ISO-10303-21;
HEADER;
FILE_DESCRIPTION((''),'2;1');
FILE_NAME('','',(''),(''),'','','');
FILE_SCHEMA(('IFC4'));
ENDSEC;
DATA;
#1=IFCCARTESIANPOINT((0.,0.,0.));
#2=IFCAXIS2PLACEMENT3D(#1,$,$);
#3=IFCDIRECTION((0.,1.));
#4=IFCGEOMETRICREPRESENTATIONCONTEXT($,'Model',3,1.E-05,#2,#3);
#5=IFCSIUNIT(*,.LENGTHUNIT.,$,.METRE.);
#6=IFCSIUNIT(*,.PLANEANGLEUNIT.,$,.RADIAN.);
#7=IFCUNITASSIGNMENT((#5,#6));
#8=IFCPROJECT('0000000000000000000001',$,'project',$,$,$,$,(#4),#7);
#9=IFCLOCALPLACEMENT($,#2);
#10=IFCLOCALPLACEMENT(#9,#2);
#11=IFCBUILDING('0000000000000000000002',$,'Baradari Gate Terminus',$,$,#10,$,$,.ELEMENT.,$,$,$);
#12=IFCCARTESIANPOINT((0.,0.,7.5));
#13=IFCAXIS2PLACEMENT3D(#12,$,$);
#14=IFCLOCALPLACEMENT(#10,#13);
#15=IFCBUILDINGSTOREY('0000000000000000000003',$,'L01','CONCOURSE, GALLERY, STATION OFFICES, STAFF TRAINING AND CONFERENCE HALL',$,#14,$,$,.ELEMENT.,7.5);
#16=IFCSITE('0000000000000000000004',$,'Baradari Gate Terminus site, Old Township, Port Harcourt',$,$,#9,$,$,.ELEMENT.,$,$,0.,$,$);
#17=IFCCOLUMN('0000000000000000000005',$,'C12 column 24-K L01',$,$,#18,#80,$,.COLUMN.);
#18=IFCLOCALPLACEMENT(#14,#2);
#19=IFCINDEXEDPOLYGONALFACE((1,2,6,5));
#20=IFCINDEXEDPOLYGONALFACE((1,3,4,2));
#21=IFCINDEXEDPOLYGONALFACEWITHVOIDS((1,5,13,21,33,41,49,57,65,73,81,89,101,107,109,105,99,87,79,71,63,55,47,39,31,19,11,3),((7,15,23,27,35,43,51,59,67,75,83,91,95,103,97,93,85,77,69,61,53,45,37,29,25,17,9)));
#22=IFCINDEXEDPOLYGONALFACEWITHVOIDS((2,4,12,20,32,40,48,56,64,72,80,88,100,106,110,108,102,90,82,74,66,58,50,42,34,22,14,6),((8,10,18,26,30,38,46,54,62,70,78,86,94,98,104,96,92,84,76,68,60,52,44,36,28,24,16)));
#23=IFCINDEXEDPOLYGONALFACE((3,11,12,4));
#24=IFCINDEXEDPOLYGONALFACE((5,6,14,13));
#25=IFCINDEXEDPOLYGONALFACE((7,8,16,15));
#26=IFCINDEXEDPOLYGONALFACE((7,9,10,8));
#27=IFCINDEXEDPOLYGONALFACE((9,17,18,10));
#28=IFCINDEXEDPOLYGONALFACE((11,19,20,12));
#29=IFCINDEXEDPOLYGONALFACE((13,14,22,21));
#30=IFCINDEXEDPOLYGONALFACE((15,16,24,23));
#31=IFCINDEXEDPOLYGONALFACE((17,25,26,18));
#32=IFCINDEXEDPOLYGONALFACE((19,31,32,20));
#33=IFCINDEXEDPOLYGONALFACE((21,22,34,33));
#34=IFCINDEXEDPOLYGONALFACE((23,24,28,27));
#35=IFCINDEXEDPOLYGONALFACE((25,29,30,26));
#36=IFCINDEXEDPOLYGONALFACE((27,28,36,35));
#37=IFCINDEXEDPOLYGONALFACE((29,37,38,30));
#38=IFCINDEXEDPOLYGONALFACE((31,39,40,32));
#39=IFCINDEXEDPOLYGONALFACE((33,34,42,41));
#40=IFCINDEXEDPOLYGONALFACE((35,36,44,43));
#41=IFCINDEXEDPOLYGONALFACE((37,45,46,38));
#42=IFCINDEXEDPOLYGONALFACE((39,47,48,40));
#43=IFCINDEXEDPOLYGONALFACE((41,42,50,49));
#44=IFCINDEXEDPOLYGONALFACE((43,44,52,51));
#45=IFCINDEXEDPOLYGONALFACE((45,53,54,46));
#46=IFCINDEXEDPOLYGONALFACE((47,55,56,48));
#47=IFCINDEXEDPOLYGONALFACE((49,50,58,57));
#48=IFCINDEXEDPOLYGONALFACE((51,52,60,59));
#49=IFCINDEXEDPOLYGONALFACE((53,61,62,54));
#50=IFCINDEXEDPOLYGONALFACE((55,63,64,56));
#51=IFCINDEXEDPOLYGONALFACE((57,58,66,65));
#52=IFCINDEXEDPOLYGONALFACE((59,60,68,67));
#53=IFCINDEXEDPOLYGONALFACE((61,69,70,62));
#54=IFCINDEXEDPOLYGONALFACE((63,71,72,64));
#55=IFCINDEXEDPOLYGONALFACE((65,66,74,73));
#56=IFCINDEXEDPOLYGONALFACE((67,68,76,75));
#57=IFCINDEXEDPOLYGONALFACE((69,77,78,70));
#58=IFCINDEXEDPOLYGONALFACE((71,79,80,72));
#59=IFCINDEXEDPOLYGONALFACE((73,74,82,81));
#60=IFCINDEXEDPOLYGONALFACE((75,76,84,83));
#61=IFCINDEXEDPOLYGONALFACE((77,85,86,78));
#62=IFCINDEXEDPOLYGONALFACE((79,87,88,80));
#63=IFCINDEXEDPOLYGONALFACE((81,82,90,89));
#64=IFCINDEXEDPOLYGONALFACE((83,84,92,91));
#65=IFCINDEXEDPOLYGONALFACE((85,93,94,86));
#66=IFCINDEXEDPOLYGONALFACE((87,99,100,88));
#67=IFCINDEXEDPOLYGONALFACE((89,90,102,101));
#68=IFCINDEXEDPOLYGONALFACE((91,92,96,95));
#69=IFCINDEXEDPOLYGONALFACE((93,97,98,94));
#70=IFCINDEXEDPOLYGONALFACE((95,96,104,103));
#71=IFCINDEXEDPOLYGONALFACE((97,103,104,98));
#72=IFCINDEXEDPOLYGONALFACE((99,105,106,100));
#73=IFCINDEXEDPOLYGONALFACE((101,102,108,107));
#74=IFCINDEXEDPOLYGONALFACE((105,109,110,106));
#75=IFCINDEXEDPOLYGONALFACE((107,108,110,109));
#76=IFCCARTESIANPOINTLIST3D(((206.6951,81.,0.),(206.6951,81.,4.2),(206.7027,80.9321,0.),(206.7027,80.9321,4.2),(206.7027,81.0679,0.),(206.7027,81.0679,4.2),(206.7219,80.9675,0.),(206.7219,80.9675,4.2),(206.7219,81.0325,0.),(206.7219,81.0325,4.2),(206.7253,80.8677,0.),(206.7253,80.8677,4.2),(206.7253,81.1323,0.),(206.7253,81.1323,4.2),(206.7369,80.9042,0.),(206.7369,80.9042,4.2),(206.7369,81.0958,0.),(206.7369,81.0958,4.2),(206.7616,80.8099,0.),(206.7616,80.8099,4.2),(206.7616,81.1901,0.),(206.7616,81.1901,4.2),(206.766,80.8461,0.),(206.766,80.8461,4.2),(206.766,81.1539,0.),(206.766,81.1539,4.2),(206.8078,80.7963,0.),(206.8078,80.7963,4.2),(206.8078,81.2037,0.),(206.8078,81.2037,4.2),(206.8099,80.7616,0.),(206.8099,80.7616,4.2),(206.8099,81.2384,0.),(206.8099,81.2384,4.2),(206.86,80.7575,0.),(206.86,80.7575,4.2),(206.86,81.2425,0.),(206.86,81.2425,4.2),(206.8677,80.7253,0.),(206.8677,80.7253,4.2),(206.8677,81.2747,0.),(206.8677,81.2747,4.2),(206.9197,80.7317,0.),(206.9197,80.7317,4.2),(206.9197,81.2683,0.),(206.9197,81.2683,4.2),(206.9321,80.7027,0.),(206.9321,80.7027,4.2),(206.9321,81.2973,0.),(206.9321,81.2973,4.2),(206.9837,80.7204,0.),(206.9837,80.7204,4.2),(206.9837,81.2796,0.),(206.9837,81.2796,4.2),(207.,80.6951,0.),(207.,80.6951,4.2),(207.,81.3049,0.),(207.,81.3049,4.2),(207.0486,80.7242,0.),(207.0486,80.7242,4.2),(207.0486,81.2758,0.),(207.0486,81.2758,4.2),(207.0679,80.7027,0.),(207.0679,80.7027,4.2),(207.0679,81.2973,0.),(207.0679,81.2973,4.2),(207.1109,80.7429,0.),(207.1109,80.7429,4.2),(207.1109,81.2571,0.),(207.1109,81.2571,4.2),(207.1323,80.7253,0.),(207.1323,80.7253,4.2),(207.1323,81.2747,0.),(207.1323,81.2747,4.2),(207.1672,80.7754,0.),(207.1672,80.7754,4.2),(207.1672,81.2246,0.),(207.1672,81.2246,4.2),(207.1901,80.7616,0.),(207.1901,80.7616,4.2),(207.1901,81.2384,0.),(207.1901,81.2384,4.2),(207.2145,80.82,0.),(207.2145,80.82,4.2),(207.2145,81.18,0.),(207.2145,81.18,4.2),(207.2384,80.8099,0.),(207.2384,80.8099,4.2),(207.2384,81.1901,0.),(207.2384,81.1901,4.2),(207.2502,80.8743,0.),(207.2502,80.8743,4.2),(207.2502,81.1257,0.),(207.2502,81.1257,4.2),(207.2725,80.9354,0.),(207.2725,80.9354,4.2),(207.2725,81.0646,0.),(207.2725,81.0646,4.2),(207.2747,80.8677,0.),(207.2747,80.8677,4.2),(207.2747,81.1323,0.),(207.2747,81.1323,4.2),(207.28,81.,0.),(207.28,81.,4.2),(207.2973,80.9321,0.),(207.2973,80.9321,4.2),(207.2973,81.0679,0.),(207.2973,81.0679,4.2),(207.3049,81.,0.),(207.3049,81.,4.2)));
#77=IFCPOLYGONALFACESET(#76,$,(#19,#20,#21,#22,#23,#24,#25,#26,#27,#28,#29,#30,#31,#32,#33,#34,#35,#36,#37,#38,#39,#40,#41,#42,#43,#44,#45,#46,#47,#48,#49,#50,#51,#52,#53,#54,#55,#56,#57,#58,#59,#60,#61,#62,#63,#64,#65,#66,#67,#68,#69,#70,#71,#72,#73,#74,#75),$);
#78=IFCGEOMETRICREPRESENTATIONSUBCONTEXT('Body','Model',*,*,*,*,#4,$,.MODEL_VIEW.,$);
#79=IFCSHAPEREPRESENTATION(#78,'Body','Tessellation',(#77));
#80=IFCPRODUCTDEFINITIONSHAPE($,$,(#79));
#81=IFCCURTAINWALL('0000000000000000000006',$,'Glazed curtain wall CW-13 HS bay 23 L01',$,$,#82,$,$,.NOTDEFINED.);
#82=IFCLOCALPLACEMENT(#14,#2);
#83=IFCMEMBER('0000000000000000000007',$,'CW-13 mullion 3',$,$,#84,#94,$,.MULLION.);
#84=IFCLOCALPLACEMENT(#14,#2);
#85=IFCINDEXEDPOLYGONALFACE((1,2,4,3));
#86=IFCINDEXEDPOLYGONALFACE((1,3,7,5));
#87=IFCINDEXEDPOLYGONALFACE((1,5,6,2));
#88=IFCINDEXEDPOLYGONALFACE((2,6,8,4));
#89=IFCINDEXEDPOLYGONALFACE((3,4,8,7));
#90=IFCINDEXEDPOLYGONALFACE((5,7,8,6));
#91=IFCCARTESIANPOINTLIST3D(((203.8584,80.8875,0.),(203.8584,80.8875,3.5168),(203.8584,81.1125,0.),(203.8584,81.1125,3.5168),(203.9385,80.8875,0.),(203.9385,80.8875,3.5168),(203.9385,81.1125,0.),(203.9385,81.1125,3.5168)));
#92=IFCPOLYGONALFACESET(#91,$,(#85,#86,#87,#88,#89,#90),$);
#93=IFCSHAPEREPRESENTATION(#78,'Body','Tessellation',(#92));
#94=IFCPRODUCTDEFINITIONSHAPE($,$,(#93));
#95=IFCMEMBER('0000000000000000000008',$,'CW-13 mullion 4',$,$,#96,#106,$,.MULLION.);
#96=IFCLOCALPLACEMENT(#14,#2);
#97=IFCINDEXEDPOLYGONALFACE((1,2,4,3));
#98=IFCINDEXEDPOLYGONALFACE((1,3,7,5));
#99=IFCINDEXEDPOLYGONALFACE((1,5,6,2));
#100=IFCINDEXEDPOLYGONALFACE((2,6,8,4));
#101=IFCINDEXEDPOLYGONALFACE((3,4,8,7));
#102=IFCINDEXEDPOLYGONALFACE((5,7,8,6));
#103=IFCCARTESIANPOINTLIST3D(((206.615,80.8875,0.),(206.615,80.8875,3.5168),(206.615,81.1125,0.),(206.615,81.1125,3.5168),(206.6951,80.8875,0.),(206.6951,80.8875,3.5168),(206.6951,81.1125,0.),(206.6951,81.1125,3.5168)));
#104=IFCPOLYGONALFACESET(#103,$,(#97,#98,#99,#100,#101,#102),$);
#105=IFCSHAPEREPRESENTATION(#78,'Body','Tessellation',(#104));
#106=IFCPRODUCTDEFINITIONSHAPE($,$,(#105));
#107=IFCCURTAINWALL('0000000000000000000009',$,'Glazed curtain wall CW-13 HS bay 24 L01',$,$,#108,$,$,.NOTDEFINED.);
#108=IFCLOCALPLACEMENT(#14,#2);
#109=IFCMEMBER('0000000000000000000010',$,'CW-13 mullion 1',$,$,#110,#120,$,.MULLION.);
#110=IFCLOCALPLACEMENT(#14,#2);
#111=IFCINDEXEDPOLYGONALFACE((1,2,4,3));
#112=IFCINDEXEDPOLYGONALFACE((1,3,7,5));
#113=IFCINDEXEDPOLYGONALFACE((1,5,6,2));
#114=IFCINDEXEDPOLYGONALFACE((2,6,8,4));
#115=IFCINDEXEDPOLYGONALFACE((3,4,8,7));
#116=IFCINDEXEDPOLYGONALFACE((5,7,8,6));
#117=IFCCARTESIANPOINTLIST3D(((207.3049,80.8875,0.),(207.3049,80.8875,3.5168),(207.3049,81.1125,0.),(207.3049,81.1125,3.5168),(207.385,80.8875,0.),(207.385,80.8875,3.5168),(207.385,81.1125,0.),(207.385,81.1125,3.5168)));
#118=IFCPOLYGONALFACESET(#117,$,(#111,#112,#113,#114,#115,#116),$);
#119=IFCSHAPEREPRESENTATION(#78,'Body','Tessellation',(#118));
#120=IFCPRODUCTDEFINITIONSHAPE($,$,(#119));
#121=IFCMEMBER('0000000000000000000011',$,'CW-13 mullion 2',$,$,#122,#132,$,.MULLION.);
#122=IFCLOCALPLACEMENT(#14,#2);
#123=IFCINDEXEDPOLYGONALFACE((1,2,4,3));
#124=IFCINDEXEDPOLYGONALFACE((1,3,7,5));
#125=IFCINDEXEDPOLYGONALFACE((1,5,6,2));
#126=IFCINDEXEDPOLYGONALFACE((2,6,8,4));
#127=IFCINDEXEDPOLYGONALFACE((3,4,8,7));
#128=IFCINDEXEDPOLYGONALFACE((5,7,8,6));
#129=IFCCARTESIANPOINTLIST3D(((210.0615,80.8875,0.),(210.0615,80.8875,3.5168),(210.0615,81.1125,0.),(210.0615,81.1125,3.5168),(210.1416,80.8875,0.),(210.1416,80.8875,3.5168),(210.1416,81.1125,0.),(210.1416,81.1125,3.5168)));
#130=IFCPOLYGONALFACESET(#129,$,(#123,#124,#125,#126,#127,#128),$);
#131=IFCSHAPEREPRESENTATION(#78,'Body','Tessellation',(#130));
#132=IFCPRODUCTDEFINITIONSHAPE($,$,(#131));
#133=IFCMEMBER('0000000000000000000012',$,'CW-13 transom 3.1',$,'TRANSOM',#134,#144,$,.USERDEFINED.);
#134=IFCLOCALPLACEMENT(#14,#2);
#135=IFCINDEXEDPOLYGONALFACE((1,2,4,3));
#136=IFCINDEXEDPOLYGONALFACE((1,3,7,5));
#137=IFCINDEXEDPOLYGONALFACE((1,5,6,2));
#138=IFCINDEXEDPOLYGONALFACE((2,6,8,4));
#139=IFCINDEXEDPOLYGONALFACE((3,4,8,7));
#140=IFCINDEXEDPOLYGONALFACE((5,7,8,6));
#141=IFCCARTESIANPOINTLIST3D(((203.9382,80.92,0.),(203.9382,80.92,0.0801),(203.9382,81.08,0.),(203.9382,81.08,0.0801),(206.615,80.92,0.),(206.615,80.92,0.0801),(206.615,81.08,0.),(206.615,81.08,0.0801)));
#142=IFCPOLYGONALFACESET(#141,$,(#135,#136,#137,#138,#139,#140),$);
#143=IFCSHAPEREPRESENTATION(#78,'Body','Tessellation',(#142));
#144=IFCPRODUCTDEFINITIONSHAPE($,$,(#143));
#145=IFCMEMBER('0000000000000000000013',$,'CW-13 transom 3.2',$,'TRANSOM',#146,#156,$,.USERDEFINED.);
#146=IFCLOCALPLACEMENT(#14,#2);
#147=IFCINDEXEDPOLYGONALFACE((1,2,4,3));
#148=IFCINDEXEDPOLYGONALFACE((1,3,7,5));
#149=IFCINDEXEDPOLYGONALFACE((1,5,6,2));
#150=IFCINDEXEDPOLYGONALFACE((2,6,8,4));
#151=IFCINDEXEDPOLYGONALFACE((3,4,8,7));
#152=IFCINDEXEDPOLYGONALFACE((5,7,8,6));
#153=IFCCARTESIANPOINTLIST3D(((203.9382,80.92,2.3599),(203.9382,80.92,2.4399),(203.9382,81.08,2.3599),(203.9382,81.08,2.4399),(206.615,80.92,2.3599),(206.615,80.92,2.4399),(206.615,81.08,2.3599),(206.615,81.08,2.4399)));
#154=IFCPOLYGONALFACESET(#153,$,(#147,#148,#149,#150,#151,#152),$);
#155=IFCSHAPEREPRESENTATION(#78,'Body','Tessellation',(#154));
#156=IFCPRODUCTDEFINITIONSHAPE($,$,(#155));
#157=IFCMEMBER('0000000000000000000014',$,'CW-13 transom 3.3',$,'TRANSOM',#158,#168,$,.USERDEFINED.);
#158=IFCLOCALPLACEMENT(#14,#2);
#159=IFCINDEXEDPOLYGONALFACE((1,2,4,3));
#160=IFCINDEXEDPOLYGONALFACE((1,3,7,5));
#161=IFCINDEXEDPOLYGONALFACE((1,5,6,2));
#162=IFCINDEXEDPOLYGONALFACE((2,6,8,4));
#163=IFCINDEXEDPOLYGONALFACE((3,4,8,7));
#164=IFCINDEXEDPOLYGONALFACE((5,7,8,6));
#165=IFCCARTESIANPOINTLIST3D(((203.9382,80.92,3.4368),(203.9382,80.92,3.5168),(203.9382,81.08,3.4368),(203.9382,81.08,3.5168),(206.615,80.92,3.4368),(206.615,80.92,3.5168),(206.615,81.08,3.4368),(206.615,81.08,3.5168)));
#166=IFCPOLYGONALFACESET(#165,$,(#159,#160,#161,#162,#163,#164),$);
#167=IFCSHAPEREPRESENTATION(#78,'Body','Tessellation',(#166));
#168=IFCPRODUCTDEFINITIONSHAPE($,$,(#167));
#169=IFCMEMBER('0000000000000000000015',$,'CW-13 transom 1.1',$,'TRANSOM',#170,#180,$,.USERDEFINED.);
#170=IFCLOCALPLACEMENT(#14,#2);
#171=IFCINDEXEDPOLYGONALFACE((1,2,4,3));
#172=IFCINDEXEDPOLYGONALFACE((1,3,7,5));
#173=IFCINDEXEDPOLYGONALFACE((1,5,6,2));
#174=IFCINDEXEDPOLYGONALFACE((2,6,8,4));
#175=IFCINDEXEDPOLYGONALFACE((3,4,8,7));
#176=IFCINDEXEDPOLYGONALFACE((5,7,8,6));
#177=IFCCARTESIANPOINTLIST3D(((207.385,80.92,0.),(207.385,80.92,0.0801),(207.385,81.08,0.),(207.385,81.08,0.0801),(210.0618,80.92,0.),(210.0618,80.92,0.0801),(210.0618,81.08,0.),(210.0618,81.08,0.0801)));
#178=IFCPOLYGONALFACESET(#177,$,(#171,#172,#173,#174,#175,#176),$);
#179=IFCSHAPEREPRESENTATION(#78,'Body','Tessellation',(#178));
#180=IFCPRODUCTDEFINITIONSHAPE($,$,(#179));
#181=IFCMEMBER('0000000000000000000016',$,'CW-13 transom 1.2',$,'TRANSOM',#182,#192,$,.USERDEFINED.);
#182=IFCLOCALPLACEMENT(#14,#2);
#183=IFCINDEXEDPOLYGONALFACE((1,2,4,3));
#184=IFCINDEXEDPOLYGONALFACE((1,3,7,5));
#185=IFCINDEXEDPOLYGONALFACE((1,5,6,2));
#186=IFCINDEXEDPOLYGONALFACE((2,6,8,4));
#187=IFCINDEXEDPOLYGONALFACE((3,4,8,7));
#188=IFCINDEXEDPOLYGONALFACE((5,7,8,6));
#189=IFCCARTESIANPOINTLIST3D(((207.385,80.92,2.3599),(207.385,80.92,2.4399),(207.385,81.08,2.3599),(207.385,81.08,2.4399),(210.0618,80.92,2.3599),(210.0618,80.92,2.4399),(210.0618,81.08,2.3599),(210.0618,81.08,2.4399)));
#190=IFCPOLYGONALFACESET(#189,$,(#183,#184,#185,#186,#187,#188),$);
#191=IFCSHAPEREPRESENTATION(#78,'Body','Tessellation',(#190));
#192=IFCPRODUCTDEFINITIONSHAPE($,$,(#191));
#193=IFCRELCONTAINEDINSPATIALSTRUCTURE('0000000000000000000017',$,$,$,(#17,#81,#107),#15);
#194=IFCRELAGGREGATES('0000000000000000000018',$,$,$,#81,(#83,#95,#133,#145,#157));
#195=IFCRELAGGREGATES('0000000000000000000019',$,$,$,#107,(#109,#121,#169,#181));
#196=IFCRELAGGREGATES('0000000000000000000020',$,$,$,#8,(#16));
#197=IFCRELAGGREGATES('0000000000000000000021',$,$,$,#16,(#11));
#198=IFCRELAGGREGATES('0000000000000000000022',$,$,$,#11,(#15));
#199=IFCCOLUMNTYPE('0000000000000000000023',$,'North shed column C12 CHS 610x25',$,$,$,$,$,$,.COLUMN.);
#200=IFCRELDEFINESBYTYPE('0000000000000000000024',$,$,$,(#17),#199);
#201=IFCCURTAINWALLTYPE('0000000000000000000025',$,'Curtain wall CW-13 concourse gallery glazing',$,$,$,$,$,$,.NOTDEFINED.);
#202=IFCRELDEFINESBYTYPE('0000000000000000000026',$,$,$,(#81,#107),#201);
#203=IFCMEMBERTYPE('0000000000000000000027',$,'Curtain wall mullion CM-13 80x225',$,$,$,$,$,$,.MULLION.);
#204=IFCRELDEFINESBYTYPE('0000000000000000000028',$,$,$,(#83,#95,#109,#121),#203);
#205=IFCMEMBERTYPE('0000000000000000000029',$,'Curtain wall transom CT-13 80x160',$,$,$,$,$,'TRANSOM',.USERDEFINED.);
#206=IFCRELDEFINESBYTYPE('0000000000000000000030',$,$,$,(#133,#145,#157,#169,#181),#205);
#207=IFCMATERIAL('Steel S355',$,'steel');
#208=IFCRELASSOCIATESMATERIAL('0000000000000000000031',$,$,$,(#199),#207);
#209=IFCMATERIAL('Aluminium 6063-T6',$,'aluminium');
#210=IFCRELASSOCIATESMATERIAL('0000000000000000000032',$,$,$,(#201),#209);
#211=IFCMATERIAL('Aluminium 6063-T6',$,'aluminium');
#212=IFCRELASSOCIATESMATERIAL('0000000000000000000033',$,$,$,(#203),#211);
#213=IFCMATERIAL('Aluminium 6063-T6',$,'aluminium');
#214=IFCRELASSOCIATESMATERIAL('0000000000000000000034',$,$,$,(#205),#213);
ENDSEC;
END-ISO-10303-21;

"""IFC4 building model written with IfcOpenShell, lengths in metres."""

from ifc_helpers import new_model, si_unit, direction, frame, origin, origin_2d, place, context, subcontext, project, spatial, rectangle, hollow_circle, extrude, material, material_profile, profile_set, type_object, element, aggregate, save


model = new_model("IFC4")

# Units and contexts
model_context = context("Model", 3, precision=1e-05, world=origin(), true_north=direction((0.0, 1.0)))
body_context = subcontext(model_context, "Body", "Model", "MODEL_VIEW")
ifc_project = project(units=[si_unit("LENGTHUNIT", "METRE"), si_unit("PLANEANGLEUNIT", "RADIAN")], contexts=[model_context])

# Site, building, storey
site_placement = place(None, origin())
site = spatial("IfcSite", under=ifc_project, at=site_placement, Name="Baradari Gate Terminus site, Old Township, Port Harcourt", CompositionType="ELEMENT", RefElevation=0.0)
building_placement = place(site_placement, origin())
building = spatial("IfcBuilding", under=site, at=building_placement, Name="Baradari Gate Terminus", CompositionType="ELEMENT")
storey_placement = place(building_placement, frame((0.0, 0.0, 7.5)))
storey = spatial("IfcBuildingStorey", under=building, at=storey_placement, Name="L01", Description="CONCOURSE, GALLERY, STATION OFFICES, STAFF TRAINING AND CONFERENCE HALL", CompositionType="ELEMENT", Elevation=7.5)

# Column
ifc_material_1 = material(Name="Steel S355", Category="steel")
ifc_material_profile_1 = material_profile(ifc_material_1, hollow_circle(Radius=0.3049, WallThickness=0.0249, at=origin_2d()), Name="CHS 610x25")
ifc_profile_set_1 = profile_set([ifc_material_profile_1], Name="Steel S355")
column_type = type_object("IfcColumnType", Name="North shed column C12 CHS 610x25", PredefinedType="COLUMN", material=ifc_profile_set_1)
column_placement = place(storey_placement, frame((207.0, 81.0, 0.0), z_axis=(0.0, 0.0, 1.0), x_axis=(1.0, 0.0, 0.0)))
element("IfcColumn", 1, at=column_placement, inside=storey, type_object=column_type, Name="C12 column 24-K L01", PredefinedType="COLUMN", context=body_context, shape_type="SweptSolid", body=[
    extrude(hollow_circle(Radius=0.3049, WallThickness=0.0249, at=origin_2d()), origin(), (0.0, 0.0, 1.0), 4.2),
])

# Curtain walls, members
ifc_material_2 = material(Name="Aluminium 6063-T6", Category="aluminium")
curtain_wall_type = type_object("IfcCurtainWallType", Name="Curtain wall CW-13 concourse gallery glazing", PredefinedType="NOTDEFINED", material=ifc_material_2)
curtain_wall_1_placement = place(storey_placement, origin())
curtain_wall_1 = element("IfcCurtainWall", 2, at=curtain_wall_1_placement, inside=storey, type_object=curtain_wall_type, Name="Glazed curtain wall CW-13 HS bay 23 L01", PredefinedType="NOTDEFINED")
ifc_material_3 = material(Name="Aluminium 6063-T6", Category="aluminium")
ifc_material_profile_2 = material_profile(ifc_material_3, rectangle(XDim=0.2251, YDim=0.0801, at=origin_2d()), Name="CM-13 80X225")
ifc_profile_set_2 = profile_set([ifc_material_profile_2], Name="Aluminium 6063-T6")
member_type_1 = type_object("IfcMemberType", Name="Curtain wall mullion CM-13 80x225", PredefinedType="MULLION", material=ifc_profile_set_2)
member_1_placement = place(storey_placement, frame((203.8984, 81.0, 0.0), z_axis=(0.0, 0.0, 1.0), x_axis=(0.0, 1.0, 0.0)))
member_1 = element("IfcMember", 3, at=member_1_placement, type_object=member_type_1, Name="CW-13 mullion 3", PredefinedType="MULLION", context=body_context, shape_type="SweptSolid", body=[
    extrude(rectangle(XDim=0.2251, YDim=0.0801, at=origin_2d()), origin(), (0.0, 0.0, 1.0), 3.5168),
])
member_2_placement = place(storey_placement, frame((206.655, 81.0, 0.0), z_axis=(0.0, 0.0, 1.0), x_axis=(0.0, 1.0, 0.0)))
member_2 = element("IfcMember", 4, at=member_2_placement, type_object=member_type_1, Name="CW-13 mullion 4", PredefinedType="MULLION", context=body_context, shape_type="SweptSolid", body=[
    extrude(rectangle(XDim=0.2251, YDim=0.0801, at=origin_2d()), origin(), (0.0, 0.0, 1.0), 3.5168),
])
curtain_wall_2_placement = place(storey_placement, origin())
curtain_wall_2 = element("IfcCurtainWall", 5, at=curtain_wall_2_placement, inside=storey, type_object=curtain_wall_type, Name="Glazed curtain wall CW-13 HS bay 24 L01", PredefinedType="NOTDEFINED")
member_3_placement = place(storey_placement, frame((207.345, 81.0, 0.0), z_axis=(0.0, 0.0, 1.0), x_axis=(0.0, 1.0, 0.0)))
member_3 = element("IfcMember", 6, at=member_3_placement, type_object=member_type_1, Name="CW-13 mullion 1", PredefinedType="MULLION", context=body_context, shape_type="SweptSolid", body=[
    extrude(rectangle(XDim=0.2251, YDim=0.0801, at=origin_2d()), origin(), (0.0, 0.0, 1.0), 3.5168),
])
member_4_placement = place(storey_placement, frame((210.1016, 81.0, 0.0), z_axis=(0.0, 0.0, 1.0), x_axis=(0.0, 1.0, 0.0)))
member_4 = element("IfcMember", 7, at=member_4_placement, type_object=member_type_1, Name="CW-13 mullion 2", PredefinedType="MULLION", context=body_context, shape_type="SweptSolid", body=[
    extrude(rectangle(XDim=0.2251, YDim=0.0801, at=origin_2d()), origin(), (0.0, 0.0, 1.0), 3.5168),
])

# Members
ifc_material_4 = material(Name="Aluminium 6063-T6", Category="aluminium")
ifc_material_profile_3 = material_profile(ifc_material_4, rectangle(XDim=0.1599, YDim=0.0801, at=origin_2d()), Name="CT-13 80X160")
ifc_profile_set_3 = profile_set([ifc_material_profile_3], Name="Aluminium 6063-T6")
member_type_2 = type_object("IfcMemberType", Name="Curtain wall transom CT-13 80x160", ElementType="TRANSOM", PredefinedType="USERDEFINED", material=ifc_profile_set_3)
member_5_placement = place(storey_placement, frame((203.9382, 81.0, 0.04), z_axis=(1.0, 0.0, 0.0), x_axis=(0.0, 1.0, 0.0)))
member_5 = element("IfcMember", 8, at=member_5_placement, type_object=member_type_2, Name="CW-13 transom 3.1", ObjectType="TRANSOM", PredefinedType="USERDEFINED", context=body_context, shape_type="SweptSolid", body=[
    extrude(rectangle(XDim=0.1599, YDim=0.0801, at=origin_2d()), origin(), (0.0, 0.0, 1.0), 2.6768),
])
member_6_placement = place(storey_placement, frame((203.9382, 81.0, 2.3999), z_axis=(1.0, 0.0, 0.0), x_axis=(0.0, 1.0, 0.0)))
member_6 = element("IfcMember", 9, at=member_6_placement, type_object=member_type_2, Name="CW-13 transom 3.2", ObjectType="TRANSOM", PredefinedType="USERDEFINED", context=body_context, shape_type="SweptSolid", body=[
    extrude(rectangle(XDim=0.1599, YDim=0.0801, at=origin_2d()), origin(), (0.0, 0.0, 1.0), 2.6768),
])
member_7_placement = place(storey_placement, frame((203.9382, 81.0, 3.4768), z_axis=(1.0, 0.0, 0.0), x_axis=(0.0, 1.0, 0.0)))
member_7 = element("IfcMember", 10, at=member_7_placement, type_object=member_type_2, Name="CW-13 transom 3.3", ObjectType="TRANSOM", PredefinedType="USERDEFINED", context=body_context, shape_type="SweptSolid", body=[
    extrude(rectangle(XDim=0.1599, YDim=0.0801, at=origin_2d()), origin(), (0.0, 0.0, 1.0), 2.6768),
])
member_8_placement = place(storey_placement, frame((207.385, 81.0, 0.04), z_axis=(1.0, 0.0, 0.0), x_axis=(0.0, 1.0, 0.0)))
member_8 = element("IfcMember", 11, at=member_8_placement, type_object=member_type_2, Name="CW-13 transom 1.1", ObjectType="TRANSOM", PredefinedType="USERDEFINED", context=body_context, shape_type="SweptSolid", body=[
    extrude(rectangle(XDim=0.1599, YDim=0.0801, at=origin_2d()), origin(), (0.0, 0.0, 1.0), 2.6768),
])
member_9_placement = place(storey_placement, frame((207.385, 81.0, 2.3999), z_axis=(1.0, 0.0, 0.0), x_axis=(0.0, 1.0, 0.0)))
member_9 = element("IfcMember", 12, at=member_9_placement, type_object=member_type_2, Name="CW-13 transom 1.2", ObjectType="TRANSOM", PredefinedType="USERDEFINED", context=body_context, shape_type="SweptSolid", body=[
    extrude(rectangle(XDim=0.1599, YDim=0.0801, at=origin_2d()), origin(), (0.0, 0.0, 1.0), 2.6768),
])

aggregate(curtain_wall_1, [member_1, member_2, member_5, member_6, member_7])
aggregate(curtain_wall_2, [member_3, member_4, member_8, member_9])

save(model, "model.ifc")
